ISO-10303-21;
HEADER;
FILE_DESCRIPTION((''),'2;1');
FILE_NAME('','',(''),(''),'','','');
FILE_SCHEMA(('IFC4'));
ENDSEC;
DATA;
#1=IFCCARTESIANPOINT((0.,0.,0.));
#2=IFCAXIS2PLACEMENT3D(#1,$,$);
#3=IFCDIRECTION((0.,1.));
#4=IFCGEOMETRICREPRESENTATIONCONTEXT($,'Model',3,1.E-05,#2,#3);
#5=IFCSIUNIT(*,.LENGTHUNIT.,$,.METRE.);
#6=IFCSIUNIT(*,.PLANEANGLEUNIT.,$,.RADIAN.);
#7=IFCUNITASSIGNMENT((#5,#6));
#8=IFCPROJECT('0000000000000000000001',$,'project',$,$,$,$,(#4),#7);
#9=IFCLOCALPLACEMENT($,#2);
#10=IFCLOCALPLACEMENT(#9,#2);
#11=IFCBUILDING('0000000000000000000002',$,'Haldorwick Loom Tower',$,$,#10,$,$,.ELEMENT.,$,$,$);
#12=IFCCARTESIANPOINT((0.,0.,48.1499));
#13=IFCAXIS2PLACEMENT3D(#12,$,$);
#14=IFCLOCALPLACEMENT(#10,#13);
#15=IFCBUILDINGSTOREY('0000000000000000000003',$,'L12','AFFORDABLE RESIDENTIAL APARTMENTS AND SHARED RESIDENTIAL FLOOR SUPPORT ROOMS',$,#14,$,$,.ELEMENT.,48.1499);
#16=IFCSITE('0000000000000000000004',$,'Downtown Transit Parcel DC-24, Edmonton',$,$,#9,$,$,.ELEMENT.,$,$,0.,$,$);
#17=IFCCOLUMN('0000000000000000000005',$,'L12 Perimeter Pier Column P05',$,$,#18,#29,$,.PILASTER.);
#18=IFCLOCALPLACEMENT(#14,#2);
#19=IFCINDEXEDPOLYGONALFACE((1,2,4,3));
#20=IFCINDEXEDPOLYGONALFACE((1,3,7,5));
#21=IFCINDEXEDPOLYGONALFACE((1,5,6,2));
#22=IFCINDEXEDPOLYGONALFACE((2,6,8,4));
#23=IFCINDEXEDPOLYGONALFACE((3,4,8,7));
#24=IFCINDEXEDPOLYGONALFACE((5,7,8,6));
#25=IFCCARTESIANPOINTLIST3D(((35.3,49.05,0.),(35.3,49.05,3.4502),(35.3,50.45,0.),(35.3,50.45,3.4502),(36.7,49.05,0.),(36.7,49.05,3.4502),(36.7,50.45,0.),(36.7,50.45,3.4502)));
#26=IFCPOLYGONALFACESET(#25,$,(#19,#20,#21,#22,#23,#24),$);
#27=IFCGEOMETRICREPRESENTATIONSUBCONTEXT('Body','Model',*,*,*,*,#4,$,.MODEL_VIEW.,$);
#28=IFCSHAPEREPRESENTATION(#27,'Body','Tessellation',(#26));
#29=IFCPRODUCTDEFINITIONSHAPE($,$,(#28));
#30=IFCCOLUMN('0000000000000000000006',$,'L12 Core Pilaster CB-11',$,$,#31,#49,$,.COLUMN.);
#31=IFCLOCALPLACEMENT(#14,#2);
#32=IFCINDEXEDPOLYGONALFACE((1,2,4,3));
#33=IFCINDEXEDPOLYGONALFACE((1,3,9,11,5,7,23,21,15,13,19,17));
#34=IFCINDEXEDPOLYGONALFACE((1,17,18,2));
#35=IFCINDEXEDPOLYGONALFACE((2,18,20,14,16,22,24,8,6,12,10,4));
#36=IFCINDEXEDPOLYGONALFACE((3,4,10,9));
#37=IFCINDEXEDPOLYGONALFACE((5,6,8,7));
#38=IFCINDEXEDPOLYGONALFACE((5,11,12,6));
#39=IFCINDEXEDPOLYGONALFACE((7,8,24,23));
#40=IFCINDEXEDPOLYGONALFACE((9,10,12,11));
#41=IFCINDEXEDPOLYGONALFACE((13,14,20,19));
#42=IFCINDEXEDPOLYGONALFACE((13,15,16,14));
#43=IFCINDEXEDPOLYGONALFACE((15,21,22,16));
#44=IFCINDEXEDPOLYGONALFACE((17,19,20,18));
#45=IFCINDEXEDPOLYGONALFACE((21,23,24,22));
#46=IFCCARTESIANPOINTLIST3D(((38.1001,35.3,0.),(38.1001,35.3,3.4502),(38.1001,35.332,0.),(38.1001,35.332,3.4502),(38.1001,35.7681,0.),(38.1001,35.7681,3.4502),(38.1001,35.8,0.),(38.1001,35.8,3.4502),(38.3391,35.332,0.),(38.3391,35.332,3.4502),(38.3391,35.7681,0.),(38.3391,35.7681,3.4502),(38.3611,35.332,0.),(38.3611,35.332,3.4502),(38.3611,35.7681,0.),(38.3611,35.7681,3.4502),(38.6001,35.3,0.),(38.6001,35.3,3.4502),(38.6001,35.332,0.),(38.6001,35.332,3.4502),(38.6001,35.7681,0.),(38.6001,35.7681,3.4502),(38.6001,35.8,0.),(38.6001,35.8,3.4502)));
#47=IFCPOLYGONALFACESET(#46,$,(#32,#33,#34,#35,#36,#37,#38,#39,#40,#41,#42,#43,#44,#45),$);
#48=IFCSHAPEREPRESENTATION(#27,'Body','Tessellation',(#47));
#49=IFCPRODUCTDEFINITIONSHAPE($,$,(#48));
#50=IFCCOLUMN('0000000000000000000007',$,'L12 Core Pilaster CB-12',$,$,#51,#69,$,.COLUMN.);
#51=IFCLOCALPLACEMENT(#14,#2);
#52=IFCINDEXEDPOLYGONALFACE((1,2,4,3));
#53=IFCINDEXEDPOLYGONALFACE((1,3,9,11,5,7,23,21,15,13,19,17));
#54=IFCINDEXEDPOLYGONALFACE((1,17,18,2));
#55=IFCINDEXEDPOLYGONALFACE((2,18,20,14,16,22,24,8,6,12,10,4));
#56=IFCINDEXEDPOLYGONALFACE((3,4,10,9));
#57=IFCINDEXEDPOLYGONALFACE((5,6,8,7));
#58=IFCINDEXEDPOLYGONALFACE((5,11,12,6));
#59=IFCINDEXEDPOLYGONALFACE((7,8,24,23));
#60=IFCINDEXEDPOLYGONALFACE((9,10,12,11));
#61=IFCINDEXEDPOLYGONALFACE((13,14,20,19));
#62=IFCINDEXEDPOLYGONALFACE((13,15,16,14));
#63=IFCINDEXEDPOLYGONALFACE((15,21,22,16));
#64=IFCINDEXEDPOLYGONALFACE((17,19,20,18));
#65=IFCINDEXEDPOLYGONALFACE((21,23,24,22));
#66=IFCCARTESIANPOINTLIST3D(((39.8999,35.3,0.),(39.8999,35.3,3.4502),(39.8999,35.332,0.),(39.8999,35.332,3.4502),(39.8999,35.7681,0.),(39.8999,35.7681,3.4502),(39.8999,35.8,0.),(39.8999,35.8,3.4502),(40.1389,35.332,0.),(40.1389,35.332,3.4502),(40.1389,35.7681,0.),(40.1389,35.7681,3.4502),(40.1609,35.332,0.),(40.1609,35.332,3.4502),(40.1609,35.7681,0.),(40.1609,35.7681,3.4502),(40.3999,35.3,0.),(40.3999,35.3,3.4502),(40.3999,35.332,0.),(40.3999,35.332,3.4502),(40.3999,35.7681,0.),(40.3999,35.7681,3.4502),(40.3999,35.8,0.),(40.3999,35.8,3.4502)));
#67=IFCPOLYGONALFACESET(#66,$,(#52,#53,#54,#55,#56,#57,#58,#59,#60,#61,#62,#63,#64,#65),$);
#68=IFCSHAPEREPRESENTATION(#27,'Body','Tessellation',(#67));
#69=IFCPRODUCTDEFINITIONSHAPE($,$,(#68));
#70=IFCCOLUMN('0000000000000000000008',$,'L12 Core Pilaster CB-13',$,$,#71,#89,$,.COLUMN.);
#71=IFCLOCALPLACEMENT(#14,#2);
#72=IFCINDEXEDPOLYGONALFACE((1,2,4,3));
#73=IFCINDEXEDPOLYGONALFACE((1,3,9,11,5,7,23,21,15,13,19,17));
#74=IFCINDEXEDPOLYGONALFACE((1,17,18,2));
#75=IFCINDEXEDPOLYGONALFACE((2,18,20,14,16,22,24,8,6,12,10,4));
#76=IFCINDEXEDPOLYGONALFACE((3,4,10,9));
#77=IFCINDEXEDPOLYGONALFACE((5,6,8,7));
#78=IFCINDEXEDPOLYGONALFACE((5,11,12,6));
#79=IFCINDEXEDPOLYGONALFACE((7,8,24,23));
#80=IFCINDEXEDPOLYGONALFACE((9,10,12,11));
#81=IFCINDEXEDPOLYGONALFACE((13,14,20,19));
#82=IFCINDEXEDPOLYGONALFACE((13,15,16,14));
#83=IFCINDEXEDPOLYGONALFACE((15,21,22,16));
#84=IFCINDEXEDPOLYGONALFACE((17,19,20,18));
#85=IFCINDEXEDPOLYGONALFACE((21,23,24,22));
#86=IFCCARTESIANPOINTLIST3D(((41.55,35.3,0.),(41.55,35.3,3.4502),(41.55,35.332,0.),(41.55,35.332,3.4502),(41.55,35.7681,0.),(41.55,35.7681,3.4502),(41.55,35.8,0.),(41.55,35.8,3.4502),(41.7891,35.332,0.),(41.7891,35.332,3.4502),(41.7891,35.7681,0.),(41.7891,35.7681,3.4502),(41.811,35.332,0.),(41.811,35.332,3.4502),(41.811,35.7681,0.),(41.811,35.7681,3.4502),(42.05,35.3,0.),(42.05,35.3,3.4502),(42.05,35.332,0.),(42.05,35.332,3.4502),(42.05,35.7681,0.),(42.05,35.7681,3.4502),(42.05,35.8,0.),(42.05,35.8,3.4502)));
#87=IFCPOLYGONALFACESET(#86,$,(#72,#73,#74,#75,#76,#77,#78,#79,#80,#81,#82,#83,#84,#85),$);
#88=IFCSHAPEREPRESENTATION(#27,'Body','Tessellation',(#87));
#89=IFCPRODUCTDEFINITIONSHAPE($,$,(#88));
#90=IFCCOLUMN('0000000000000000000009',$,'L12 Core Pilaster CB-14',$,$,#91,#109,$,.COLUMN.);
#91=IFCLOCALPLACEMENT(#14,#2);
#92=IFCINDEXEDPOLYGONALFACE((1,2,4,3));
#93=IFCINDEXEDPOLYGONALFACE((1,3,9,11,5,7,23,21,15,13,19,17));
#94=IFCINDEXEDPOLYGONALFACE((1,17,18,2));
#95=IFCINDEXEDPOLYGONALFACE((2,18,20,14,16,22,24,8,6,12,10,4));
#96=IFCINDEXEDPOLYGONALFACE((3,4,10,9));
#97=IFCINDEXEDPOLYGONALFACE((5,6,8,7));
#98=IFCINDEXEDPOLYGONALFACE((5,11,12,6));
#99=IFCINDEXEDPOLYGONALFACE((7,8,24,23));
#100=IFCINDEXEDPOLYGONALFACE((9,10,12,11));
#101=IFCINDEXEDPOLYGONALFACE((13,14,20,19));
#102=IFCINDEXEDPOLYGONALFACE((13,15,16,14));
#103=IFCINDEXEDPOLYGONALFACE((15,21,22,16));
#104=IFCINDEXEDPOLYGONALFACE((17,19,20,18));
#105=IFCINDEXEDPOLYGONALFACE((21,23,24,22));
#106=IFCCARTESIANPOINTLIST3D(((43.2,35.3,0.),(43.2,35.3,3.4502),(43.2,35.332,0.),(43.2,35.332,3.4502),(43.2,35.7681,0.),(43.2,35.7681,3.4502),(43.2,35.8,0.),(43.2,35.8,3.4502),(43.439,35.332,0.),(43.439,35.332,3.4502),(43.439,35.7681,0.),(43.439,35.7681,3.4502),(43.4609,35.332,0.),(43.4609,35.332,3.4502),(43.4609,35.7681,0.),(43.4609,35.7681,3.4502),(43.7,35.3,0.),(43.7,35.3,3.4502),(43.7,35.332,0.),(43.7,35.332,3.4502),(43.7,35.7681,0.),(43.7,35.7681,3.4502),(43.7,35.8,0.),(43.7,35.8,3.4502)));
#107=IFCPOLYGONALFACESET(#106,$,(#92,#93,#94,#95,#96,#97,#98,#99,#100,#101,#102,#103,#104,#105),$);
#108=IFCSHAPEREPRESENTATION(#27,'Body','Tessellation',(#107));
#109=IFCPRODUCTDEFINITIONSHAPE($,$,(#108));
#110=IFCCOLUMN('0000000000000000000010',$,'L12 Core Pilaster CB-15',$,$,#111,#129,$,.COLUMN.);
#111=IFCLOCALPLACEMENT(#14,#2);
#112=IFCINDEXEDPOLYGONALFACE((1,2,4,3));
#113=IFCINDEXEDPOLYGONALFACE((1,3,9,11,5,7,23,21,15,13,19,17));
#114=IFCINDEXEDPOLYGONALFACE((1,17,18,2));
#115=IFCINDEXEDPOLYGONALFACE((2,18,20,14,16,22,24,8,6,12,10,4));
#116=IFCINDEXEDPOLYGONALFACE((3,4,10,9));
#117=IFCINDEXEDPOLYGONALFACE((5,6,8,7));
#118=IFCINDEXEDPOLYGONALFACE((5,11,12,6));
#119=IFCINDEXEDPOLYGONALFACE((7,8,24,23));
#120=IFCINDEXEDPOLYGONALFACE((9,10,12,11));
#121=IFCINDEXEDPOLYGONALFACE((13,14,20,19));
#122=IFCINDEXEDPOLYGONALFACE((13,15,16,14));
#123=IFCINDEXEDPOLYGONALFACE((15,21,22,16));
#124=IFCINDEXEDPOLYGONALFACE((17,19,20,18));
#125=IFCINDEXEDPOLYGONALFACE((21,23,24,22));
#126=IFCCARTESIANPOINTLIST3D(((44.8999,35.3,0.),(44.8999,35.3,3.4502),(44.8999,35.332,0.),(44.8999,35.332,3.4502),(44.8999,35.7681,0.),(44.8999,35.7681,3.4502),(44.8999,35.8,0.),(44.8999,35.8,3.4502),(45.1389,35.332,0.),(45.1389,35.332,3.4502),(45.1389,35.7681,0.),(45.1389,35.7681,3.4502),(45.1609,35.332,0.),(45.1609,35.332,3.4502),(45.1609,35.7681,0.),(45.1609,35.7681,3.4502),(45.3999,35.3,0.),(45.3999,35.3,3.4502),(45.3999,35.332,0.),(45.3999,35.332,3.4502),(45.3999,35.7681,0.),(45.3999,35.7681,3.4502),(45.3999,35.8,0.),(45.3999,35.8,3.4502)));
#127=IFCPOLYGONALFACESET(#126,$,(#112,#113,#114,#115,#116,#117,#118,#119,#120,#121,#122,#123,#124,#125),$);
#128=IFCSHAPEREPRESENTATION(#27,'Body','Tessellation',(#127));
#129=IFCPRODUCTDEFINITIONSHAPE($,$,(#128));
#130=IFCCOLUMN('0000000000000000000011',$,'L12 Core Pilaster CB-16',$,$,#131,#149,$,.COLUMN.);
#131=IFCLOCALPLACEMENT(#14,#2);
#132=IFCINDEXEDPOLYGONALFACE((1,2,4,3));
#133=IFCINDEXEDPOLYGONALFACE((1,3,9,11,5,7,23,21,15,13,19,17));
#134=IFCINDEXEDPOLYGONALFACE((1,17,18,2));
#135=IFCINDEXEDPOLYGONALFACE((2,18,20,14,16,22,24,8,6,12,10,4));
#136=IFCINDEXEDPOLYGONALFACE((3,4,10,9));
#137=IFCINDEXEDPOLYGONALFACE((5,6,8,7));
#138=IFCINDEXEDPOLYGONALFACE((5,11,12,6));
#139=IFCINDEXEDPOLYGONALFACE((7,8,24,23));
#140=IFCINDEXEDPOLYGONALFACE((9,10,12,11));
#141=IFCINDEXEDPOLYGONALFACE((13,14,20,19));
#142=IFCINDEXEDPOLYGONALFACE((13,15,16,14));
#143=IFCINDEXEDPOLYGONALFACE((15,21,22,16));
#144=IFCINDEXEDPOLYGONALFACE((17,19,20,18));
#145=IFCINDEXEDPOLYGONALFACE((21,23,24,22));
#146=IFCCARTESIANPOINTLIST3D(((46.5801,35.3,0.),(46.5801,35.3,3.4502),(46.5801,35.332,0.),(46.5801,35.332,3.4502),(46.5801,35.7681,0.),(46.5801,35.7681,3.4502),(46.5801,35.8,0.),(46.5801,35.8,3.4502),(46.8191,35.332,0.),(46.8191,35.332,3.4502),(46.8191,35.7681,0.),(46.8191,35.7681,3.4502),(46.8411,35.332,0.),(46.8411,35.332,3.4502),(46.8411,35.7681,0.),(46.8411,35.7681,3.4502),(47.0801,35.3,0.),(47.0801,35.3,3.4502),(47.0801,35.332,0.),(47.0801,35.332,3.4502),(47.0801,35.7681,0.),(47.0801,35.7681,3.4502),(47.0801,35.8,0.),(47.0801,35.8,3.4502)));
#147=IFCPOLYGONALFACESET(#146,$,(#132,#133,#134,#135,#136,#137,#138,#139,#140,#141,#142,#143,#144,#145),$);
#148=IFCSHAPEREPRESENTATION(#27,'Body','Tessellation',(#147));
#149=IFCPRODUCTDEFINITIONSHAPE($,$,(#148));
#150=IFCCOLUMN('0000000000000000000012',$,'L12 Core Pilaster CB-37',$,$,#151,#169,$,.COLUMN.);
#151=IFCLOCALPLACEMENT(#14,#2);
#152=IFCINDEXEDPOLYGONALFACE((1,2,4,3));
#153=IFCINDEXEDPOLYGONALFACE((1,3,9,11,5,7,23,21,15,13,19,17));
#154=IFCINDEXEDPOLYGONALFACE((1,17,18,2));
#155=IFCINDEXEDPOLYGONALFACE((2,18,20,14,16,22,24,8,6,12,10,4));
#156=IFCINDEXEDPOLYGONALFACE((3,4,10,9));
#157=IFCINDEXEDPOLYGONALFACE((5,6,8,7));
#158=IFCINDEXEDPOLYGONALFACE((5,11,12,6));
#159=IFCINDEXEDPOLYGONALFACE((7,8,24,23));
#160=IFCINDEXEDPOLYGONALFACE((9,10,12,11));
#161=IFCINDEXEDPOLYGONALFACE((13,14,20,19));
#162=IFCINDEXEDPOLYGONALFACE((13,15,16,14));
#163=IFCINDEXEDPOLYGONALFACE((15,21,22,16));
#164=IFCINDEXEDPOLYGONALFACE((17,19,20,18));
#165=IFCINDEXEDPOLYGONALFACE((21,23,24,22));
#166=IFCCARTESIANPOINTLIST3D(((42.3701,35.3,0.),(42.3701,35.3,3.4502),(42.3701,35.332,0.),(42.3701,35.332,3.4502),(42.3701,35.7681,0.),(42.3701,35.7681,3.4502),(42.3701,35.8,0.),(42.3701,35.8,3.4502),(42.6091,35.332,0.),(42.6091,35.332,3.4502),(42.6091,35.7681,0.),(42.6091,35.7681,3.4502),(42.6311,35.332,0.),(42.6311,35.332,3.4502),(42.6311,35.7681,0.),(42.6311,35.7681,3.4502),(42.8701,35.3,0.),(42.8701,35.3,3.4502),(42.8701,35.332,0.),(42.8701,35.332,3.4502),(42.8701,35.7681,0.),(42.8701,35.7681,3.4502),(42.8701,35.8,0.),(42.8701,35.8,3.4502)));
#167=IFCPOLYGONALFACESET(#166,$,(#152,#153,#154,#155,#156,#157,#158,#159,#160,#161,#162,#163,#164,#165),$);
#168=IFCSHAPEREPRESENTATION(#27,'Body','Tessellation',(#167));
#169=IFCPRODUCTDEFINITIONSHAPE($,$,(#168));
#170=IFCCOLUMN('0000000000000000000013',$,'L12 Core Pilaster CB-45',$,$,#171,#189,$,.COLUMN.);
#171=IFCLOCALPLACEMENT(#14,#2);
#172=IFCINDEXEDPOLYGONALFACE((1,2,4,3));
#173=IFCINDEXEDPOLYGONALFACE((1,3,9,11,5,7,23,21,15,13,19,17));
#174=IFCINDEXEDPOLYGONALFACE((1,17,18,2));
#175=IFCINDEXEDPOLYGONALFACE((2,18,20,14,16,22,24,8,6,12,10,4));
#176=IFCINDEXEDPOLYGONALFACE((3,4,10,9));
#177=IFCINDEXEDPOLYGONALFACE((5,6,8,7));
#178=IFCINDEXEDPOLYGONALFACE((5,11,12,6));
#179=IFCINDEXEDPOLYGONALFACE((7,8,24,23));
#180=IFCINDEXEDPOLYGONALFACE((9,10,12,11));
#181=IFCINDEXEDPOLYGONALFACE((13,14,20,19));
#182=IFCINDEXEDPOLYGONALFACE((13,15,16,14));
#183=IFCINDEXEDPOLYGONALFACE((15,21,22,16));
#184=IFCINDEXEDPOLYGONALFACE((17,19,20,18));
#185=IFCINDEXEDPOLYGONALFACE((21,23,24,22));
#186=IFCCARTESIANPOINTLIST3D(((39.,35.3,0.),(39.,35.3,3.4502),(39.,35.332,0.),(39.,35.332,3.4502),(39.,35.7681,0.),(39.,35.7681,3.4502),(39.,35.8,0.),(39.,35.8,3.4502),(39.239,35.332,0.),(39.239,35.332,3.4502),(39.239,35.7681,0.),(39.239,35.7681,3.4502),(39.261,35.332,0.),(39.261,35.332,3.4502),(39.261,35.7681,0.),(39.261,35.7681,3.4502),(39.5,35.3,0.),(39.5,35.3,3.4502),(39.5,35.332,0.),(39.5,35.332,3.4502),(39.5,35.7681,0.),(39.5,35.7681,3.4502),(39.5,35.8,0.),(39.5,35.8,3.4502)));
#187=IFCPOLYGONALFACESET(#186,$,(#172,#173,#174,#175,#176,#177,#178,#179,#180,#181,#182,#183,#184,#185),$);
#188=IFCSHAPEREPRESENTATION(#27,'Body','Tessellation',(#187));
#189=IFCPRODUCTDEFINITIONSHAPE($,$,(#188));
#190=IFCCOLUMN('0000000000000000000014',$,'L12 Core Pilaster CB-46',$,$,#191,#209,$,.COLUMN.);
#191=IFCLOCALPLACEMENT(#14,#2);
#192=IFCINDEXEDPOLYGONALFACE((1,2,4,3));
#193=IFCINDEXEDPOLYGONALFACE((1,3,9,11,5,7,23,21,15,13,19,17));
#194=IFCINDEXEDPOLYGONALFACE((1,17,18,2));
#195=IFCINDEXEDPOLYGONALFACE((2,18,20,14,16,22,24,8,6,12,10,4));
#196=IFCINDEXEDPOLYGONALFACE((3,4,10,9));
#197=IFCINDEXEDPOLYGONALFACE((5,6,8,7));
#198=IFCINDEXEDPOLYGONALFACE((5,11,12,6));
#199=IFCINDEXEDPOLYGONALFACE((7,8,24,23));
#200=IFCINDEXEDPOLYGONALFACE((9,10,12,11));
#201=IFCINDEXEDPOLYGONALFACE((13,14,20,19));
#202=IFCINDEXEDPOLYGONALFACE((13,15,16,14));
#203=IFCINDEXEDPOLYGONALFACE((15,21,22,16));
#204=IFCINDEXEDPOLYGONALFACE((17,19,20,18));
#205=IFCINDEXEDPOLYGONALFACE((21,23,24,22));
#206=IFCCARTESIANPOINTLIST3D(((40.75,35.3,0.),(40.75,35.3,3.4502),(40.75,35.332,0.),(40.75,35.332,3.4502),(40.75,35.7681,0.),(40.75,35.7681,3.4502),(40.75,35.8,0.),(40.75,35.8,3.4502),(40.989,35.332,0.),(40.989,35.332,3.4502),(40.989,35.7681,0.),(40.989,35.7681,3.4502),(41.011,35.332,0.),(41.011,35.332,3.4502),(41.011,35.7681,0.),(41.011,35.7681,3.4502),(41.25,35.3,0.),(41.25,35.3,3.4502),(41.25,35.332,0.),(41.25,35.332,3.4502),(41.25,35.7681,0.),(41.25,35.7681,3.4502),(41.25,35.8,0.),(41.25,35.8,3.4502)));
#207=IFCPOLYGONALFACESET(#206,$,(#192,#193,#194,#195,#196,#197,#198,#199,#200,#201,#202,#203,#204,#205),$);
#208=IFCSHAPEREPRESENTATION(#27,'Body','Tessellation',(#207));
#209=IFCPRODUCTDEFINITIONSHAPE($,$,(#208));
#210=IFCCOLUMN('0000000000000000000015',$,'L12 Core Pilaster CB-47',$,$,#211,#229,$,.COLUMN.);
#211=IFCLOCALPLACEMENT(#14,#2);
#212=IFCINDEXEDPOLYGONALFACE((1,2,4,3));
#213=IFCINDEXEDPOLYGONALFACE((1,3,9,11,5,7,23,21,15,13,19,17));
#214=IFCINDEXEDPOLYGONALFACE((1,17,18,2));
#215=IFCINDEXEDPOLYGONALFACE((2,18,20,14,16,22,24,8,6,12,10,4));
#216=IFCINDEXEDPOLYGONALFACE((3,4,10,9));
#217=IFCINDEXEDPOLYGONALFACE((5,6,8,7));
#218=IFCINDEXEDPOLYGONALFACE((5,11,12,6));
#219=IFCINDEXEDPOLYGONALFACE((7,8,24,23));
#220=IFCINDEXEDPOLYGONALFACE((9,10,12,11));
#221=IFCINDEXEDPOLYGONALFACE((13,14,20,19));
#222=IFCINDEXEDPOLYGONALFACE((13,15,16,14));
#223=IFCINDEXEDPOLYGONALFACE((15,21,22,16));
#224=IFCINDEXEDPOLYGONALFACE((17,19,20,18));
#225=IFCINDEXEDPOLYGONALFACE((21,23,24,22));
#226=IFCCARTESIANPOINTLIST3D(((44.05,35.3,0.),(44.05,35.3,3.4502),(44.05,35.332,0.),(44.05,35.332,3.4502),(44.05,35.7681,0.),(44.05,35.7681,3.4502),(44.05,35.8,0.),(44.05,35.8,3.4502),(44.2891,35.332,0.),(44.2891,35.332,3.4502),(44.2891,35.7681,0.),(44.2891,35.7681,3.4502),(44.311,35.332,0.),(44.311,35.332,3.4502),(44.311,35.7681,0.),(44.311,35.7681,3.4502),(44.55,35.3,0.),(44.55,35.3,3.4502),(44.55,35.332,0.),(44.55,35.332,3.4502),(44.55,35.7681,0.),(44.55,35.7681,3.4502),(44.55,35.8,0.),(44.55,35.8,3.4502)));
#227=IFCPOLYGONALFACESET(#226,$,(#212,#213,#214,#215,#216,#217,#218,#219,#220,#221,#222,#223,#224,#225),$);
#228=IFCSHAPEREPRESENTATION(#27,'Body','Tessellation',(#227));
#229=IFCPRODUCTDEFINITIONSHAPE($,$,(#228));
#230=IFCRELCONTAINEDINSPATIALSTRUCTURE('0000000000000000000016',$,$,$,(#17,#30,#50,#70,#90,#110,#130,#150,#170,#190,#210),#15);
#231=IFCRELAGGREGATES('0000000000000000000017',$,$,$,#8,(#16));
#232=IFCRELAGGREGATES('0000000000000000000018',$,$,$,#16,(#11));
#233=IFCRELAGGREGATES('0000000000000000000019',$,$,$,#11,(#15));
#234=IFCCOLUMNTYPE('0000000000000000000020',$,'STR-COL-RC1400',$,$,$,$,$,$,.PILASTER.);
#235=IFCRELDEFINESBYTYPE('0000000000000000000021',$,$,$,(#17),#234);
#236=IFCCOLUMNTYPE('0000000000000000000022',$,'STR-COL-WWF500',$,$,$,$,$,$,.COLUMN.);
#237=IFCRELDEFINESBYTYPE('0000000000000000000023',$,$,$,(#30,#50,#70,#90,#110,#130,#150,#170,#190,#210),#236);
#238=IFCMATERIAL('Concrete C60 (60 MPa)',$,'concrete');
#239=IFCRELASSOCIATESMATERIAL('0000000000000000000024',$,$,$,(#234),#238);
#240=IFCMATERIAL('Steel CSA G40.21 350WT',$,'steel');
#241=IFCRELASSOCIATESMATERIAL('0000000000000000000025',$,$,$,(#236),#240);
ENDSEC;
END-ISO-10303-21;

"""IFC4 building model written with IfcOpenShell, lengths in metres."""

from ifc_helpers import new_model, si_unit, direction, frame, origin, origin_2d, place, context, subcontext, project, spatial, rectangle, i_section, extrude, material, material_profile, profile_set, type_object, element, save


model = new_model("IFC4")

# Units and contexts
model_context = context("Model", 3, precision=1e-05, world=origin(), true_north=direction((0.0, 1.0)))
body_context = subcontext(model_context, "Body", "Model", "MODEL_VIEW")
ifc_project = project(units=[si_unit("LENGTHUNIT", "METRE"), si_unit("PLANEANGLEUNIT", "RADIAN")], contexts=[model_context])

# Site, building, storey
site_placement = place(None, origin())
site = spatial("IfcSite", under=ifc_project, at=site_placement, Name="Downtown Transit Parcel DC-24, Edmonton", CompositionType="ELEMENT", RefElevation=0.0)
building_placement = place(site_placement, origin())
building = spatial("IfcBuilding", under=site, at=building_placement, Name="Haldorwick Loom Tower", CompositionType="ELEMENT")
storey_placement = place(building_placement, frame((0.0, 0.0, 48.1499)))
storey = spatial("IfcBuildingStorey", under=building, at=storey_placement, Name="L12", Description="AFFORDABLE RESIDENTIAL APARTMENTS AND SHARED RESIDENTIAL FLOOR SUPPORT ROOMS", CompositionType="ELEMENT", Elevation=48.1499)

# Columns
ifc_material_1 = material(Name="Concrete C60 (60 MPa)", Category="concrete")
ifc_material_profile_1 = material_profile(ifc_material_1, rectangle(XDim=1.3999, YDim=1.3999, at=origin_2d()), Name="RC1400X1400", Category="concrete")
ifc_profile_set_1 = profile_set([ifc_material_profile_1], Name="Concrete C60 (60 MPa)")
column_type_1 = type_object("IfcColumnType", Name="STR-COL-RC1400", PredefinedType="PILASTER", material=ifc_profile_set_1)
column_placement = place(storey_placement, frame((36.0, 49.75, 0.0), z_axis=(0.0, 0.0, 1.0), x_axis=(0.0, 1.0, 0.0)))
element("IfcColumn", 1, at=column_placement, inside=storey, type_object=column_type_1, Name="L12 Perimeter Pier Column P05", PredefinedType="PILASTER", context=body_context, shape_type="SweptSolid", body=[
    extrude(rectangle(XDim=1.3999, YDim=1.3999, at=origin_2d()), origin(), (0.0, 0.0, 1.0), 3.4502),
])
ifc_material_2 = material(Name="Steel CSA G40.21 350WT", Category="steel")
ifc_material_profile_2 = material_profile(ifc_material_2, i_section(OverallWidth=0.5, OverallDepth=0.5, WebThickness=0.022, FlangeThickness=0.032, at=origin_2d()), Name="WWF500X500", Category="steel")
ifc_profile_set_2 = profile_set([ifc_material_profile_2], Name="Steel CSA G40.21 350WT")
column_type_2 = type_object("IfcColumnType", Name="STR-COL-WWF500", PredefinedType="COLUMN", material=ifc_profile_set_2)
for number, where, z_axis, x_axis, name in (
    (2, (38.3501, 35.55, 0.0), (0.0, 0.0, 1.0), (1.0, 0.0, 0.0), "L12 Core Pilaster CB-11"),
    (3, (40.1499, 35.55, 0.0), (0.0, 0.0, 1.0), (1.0, 0.0, 0.0), "L12 Core Pilaster CB-12"),
    (4, (41.8, 35.55, 0.0), (0.0, 0.0, 1.0), (1.0, 0.0, 0.0), "L12 Core Pilaster CB-13"),
    (5, (43.45, 35.55, 0.0), (0.0, 0.0, 1.0), (1.0, 0.0, 0.0), "L12 Core Pilaster CB-14"),
    (6, (45.1499, 35.55, 0.0), (0.0, 0.0, 1.0), (1.0, 0.0, 0.0), "L12 Core Pilaster CB-15"),
    (7, (46.8301, 35.55, 0.0), (0.0, 0.0, 1.0), (1.0, 0.0, 0.0), "L12 Core Pilaster CB-16"),
    (8, (42.6201, 35.55, 0.0), (0.0, 0.0, 1.0), (1.0, 0.0, 0.0), "L12 Core Pilaster CB-37"),
    (9, (39.25, 35.55, 0.0), (0.0, 0.0, 1.0), (1.0, 0.0, 0.0), "L12 Core Pilaster CB-45"),
    (10, (41.0, 35.55, 0.0), (0.0, 0.0, 1.0), (1.0, 0.0, 0.0), "L12 Core Pilaster CB-46"),
    (11, (44.3, 35.55, 0.0), (0.0, 0.0, 1.0), (1.0, 0.0, 0.0), "L12 Core Pilaster CB-47"),
):
    element("IfcColumn", number, at=place(storey_placement, frame(where, z_axis=z_axis, x_axis=x_axis)), inside=storey, type_object=column_type_2, Name=name, PredefinedType="COLUMN", context=body_context, shape_type="SweptSolid", body=[
        extrude(i_section(OverallWidth=0.5, OverallDepth=0.5, WebThickness=0.022, FlangeThickness=0.032, at=origin_2d()), origin(), (0.0, 0.0, 1.0), 3.4502),
    ])

save(model, "model.ifc")
